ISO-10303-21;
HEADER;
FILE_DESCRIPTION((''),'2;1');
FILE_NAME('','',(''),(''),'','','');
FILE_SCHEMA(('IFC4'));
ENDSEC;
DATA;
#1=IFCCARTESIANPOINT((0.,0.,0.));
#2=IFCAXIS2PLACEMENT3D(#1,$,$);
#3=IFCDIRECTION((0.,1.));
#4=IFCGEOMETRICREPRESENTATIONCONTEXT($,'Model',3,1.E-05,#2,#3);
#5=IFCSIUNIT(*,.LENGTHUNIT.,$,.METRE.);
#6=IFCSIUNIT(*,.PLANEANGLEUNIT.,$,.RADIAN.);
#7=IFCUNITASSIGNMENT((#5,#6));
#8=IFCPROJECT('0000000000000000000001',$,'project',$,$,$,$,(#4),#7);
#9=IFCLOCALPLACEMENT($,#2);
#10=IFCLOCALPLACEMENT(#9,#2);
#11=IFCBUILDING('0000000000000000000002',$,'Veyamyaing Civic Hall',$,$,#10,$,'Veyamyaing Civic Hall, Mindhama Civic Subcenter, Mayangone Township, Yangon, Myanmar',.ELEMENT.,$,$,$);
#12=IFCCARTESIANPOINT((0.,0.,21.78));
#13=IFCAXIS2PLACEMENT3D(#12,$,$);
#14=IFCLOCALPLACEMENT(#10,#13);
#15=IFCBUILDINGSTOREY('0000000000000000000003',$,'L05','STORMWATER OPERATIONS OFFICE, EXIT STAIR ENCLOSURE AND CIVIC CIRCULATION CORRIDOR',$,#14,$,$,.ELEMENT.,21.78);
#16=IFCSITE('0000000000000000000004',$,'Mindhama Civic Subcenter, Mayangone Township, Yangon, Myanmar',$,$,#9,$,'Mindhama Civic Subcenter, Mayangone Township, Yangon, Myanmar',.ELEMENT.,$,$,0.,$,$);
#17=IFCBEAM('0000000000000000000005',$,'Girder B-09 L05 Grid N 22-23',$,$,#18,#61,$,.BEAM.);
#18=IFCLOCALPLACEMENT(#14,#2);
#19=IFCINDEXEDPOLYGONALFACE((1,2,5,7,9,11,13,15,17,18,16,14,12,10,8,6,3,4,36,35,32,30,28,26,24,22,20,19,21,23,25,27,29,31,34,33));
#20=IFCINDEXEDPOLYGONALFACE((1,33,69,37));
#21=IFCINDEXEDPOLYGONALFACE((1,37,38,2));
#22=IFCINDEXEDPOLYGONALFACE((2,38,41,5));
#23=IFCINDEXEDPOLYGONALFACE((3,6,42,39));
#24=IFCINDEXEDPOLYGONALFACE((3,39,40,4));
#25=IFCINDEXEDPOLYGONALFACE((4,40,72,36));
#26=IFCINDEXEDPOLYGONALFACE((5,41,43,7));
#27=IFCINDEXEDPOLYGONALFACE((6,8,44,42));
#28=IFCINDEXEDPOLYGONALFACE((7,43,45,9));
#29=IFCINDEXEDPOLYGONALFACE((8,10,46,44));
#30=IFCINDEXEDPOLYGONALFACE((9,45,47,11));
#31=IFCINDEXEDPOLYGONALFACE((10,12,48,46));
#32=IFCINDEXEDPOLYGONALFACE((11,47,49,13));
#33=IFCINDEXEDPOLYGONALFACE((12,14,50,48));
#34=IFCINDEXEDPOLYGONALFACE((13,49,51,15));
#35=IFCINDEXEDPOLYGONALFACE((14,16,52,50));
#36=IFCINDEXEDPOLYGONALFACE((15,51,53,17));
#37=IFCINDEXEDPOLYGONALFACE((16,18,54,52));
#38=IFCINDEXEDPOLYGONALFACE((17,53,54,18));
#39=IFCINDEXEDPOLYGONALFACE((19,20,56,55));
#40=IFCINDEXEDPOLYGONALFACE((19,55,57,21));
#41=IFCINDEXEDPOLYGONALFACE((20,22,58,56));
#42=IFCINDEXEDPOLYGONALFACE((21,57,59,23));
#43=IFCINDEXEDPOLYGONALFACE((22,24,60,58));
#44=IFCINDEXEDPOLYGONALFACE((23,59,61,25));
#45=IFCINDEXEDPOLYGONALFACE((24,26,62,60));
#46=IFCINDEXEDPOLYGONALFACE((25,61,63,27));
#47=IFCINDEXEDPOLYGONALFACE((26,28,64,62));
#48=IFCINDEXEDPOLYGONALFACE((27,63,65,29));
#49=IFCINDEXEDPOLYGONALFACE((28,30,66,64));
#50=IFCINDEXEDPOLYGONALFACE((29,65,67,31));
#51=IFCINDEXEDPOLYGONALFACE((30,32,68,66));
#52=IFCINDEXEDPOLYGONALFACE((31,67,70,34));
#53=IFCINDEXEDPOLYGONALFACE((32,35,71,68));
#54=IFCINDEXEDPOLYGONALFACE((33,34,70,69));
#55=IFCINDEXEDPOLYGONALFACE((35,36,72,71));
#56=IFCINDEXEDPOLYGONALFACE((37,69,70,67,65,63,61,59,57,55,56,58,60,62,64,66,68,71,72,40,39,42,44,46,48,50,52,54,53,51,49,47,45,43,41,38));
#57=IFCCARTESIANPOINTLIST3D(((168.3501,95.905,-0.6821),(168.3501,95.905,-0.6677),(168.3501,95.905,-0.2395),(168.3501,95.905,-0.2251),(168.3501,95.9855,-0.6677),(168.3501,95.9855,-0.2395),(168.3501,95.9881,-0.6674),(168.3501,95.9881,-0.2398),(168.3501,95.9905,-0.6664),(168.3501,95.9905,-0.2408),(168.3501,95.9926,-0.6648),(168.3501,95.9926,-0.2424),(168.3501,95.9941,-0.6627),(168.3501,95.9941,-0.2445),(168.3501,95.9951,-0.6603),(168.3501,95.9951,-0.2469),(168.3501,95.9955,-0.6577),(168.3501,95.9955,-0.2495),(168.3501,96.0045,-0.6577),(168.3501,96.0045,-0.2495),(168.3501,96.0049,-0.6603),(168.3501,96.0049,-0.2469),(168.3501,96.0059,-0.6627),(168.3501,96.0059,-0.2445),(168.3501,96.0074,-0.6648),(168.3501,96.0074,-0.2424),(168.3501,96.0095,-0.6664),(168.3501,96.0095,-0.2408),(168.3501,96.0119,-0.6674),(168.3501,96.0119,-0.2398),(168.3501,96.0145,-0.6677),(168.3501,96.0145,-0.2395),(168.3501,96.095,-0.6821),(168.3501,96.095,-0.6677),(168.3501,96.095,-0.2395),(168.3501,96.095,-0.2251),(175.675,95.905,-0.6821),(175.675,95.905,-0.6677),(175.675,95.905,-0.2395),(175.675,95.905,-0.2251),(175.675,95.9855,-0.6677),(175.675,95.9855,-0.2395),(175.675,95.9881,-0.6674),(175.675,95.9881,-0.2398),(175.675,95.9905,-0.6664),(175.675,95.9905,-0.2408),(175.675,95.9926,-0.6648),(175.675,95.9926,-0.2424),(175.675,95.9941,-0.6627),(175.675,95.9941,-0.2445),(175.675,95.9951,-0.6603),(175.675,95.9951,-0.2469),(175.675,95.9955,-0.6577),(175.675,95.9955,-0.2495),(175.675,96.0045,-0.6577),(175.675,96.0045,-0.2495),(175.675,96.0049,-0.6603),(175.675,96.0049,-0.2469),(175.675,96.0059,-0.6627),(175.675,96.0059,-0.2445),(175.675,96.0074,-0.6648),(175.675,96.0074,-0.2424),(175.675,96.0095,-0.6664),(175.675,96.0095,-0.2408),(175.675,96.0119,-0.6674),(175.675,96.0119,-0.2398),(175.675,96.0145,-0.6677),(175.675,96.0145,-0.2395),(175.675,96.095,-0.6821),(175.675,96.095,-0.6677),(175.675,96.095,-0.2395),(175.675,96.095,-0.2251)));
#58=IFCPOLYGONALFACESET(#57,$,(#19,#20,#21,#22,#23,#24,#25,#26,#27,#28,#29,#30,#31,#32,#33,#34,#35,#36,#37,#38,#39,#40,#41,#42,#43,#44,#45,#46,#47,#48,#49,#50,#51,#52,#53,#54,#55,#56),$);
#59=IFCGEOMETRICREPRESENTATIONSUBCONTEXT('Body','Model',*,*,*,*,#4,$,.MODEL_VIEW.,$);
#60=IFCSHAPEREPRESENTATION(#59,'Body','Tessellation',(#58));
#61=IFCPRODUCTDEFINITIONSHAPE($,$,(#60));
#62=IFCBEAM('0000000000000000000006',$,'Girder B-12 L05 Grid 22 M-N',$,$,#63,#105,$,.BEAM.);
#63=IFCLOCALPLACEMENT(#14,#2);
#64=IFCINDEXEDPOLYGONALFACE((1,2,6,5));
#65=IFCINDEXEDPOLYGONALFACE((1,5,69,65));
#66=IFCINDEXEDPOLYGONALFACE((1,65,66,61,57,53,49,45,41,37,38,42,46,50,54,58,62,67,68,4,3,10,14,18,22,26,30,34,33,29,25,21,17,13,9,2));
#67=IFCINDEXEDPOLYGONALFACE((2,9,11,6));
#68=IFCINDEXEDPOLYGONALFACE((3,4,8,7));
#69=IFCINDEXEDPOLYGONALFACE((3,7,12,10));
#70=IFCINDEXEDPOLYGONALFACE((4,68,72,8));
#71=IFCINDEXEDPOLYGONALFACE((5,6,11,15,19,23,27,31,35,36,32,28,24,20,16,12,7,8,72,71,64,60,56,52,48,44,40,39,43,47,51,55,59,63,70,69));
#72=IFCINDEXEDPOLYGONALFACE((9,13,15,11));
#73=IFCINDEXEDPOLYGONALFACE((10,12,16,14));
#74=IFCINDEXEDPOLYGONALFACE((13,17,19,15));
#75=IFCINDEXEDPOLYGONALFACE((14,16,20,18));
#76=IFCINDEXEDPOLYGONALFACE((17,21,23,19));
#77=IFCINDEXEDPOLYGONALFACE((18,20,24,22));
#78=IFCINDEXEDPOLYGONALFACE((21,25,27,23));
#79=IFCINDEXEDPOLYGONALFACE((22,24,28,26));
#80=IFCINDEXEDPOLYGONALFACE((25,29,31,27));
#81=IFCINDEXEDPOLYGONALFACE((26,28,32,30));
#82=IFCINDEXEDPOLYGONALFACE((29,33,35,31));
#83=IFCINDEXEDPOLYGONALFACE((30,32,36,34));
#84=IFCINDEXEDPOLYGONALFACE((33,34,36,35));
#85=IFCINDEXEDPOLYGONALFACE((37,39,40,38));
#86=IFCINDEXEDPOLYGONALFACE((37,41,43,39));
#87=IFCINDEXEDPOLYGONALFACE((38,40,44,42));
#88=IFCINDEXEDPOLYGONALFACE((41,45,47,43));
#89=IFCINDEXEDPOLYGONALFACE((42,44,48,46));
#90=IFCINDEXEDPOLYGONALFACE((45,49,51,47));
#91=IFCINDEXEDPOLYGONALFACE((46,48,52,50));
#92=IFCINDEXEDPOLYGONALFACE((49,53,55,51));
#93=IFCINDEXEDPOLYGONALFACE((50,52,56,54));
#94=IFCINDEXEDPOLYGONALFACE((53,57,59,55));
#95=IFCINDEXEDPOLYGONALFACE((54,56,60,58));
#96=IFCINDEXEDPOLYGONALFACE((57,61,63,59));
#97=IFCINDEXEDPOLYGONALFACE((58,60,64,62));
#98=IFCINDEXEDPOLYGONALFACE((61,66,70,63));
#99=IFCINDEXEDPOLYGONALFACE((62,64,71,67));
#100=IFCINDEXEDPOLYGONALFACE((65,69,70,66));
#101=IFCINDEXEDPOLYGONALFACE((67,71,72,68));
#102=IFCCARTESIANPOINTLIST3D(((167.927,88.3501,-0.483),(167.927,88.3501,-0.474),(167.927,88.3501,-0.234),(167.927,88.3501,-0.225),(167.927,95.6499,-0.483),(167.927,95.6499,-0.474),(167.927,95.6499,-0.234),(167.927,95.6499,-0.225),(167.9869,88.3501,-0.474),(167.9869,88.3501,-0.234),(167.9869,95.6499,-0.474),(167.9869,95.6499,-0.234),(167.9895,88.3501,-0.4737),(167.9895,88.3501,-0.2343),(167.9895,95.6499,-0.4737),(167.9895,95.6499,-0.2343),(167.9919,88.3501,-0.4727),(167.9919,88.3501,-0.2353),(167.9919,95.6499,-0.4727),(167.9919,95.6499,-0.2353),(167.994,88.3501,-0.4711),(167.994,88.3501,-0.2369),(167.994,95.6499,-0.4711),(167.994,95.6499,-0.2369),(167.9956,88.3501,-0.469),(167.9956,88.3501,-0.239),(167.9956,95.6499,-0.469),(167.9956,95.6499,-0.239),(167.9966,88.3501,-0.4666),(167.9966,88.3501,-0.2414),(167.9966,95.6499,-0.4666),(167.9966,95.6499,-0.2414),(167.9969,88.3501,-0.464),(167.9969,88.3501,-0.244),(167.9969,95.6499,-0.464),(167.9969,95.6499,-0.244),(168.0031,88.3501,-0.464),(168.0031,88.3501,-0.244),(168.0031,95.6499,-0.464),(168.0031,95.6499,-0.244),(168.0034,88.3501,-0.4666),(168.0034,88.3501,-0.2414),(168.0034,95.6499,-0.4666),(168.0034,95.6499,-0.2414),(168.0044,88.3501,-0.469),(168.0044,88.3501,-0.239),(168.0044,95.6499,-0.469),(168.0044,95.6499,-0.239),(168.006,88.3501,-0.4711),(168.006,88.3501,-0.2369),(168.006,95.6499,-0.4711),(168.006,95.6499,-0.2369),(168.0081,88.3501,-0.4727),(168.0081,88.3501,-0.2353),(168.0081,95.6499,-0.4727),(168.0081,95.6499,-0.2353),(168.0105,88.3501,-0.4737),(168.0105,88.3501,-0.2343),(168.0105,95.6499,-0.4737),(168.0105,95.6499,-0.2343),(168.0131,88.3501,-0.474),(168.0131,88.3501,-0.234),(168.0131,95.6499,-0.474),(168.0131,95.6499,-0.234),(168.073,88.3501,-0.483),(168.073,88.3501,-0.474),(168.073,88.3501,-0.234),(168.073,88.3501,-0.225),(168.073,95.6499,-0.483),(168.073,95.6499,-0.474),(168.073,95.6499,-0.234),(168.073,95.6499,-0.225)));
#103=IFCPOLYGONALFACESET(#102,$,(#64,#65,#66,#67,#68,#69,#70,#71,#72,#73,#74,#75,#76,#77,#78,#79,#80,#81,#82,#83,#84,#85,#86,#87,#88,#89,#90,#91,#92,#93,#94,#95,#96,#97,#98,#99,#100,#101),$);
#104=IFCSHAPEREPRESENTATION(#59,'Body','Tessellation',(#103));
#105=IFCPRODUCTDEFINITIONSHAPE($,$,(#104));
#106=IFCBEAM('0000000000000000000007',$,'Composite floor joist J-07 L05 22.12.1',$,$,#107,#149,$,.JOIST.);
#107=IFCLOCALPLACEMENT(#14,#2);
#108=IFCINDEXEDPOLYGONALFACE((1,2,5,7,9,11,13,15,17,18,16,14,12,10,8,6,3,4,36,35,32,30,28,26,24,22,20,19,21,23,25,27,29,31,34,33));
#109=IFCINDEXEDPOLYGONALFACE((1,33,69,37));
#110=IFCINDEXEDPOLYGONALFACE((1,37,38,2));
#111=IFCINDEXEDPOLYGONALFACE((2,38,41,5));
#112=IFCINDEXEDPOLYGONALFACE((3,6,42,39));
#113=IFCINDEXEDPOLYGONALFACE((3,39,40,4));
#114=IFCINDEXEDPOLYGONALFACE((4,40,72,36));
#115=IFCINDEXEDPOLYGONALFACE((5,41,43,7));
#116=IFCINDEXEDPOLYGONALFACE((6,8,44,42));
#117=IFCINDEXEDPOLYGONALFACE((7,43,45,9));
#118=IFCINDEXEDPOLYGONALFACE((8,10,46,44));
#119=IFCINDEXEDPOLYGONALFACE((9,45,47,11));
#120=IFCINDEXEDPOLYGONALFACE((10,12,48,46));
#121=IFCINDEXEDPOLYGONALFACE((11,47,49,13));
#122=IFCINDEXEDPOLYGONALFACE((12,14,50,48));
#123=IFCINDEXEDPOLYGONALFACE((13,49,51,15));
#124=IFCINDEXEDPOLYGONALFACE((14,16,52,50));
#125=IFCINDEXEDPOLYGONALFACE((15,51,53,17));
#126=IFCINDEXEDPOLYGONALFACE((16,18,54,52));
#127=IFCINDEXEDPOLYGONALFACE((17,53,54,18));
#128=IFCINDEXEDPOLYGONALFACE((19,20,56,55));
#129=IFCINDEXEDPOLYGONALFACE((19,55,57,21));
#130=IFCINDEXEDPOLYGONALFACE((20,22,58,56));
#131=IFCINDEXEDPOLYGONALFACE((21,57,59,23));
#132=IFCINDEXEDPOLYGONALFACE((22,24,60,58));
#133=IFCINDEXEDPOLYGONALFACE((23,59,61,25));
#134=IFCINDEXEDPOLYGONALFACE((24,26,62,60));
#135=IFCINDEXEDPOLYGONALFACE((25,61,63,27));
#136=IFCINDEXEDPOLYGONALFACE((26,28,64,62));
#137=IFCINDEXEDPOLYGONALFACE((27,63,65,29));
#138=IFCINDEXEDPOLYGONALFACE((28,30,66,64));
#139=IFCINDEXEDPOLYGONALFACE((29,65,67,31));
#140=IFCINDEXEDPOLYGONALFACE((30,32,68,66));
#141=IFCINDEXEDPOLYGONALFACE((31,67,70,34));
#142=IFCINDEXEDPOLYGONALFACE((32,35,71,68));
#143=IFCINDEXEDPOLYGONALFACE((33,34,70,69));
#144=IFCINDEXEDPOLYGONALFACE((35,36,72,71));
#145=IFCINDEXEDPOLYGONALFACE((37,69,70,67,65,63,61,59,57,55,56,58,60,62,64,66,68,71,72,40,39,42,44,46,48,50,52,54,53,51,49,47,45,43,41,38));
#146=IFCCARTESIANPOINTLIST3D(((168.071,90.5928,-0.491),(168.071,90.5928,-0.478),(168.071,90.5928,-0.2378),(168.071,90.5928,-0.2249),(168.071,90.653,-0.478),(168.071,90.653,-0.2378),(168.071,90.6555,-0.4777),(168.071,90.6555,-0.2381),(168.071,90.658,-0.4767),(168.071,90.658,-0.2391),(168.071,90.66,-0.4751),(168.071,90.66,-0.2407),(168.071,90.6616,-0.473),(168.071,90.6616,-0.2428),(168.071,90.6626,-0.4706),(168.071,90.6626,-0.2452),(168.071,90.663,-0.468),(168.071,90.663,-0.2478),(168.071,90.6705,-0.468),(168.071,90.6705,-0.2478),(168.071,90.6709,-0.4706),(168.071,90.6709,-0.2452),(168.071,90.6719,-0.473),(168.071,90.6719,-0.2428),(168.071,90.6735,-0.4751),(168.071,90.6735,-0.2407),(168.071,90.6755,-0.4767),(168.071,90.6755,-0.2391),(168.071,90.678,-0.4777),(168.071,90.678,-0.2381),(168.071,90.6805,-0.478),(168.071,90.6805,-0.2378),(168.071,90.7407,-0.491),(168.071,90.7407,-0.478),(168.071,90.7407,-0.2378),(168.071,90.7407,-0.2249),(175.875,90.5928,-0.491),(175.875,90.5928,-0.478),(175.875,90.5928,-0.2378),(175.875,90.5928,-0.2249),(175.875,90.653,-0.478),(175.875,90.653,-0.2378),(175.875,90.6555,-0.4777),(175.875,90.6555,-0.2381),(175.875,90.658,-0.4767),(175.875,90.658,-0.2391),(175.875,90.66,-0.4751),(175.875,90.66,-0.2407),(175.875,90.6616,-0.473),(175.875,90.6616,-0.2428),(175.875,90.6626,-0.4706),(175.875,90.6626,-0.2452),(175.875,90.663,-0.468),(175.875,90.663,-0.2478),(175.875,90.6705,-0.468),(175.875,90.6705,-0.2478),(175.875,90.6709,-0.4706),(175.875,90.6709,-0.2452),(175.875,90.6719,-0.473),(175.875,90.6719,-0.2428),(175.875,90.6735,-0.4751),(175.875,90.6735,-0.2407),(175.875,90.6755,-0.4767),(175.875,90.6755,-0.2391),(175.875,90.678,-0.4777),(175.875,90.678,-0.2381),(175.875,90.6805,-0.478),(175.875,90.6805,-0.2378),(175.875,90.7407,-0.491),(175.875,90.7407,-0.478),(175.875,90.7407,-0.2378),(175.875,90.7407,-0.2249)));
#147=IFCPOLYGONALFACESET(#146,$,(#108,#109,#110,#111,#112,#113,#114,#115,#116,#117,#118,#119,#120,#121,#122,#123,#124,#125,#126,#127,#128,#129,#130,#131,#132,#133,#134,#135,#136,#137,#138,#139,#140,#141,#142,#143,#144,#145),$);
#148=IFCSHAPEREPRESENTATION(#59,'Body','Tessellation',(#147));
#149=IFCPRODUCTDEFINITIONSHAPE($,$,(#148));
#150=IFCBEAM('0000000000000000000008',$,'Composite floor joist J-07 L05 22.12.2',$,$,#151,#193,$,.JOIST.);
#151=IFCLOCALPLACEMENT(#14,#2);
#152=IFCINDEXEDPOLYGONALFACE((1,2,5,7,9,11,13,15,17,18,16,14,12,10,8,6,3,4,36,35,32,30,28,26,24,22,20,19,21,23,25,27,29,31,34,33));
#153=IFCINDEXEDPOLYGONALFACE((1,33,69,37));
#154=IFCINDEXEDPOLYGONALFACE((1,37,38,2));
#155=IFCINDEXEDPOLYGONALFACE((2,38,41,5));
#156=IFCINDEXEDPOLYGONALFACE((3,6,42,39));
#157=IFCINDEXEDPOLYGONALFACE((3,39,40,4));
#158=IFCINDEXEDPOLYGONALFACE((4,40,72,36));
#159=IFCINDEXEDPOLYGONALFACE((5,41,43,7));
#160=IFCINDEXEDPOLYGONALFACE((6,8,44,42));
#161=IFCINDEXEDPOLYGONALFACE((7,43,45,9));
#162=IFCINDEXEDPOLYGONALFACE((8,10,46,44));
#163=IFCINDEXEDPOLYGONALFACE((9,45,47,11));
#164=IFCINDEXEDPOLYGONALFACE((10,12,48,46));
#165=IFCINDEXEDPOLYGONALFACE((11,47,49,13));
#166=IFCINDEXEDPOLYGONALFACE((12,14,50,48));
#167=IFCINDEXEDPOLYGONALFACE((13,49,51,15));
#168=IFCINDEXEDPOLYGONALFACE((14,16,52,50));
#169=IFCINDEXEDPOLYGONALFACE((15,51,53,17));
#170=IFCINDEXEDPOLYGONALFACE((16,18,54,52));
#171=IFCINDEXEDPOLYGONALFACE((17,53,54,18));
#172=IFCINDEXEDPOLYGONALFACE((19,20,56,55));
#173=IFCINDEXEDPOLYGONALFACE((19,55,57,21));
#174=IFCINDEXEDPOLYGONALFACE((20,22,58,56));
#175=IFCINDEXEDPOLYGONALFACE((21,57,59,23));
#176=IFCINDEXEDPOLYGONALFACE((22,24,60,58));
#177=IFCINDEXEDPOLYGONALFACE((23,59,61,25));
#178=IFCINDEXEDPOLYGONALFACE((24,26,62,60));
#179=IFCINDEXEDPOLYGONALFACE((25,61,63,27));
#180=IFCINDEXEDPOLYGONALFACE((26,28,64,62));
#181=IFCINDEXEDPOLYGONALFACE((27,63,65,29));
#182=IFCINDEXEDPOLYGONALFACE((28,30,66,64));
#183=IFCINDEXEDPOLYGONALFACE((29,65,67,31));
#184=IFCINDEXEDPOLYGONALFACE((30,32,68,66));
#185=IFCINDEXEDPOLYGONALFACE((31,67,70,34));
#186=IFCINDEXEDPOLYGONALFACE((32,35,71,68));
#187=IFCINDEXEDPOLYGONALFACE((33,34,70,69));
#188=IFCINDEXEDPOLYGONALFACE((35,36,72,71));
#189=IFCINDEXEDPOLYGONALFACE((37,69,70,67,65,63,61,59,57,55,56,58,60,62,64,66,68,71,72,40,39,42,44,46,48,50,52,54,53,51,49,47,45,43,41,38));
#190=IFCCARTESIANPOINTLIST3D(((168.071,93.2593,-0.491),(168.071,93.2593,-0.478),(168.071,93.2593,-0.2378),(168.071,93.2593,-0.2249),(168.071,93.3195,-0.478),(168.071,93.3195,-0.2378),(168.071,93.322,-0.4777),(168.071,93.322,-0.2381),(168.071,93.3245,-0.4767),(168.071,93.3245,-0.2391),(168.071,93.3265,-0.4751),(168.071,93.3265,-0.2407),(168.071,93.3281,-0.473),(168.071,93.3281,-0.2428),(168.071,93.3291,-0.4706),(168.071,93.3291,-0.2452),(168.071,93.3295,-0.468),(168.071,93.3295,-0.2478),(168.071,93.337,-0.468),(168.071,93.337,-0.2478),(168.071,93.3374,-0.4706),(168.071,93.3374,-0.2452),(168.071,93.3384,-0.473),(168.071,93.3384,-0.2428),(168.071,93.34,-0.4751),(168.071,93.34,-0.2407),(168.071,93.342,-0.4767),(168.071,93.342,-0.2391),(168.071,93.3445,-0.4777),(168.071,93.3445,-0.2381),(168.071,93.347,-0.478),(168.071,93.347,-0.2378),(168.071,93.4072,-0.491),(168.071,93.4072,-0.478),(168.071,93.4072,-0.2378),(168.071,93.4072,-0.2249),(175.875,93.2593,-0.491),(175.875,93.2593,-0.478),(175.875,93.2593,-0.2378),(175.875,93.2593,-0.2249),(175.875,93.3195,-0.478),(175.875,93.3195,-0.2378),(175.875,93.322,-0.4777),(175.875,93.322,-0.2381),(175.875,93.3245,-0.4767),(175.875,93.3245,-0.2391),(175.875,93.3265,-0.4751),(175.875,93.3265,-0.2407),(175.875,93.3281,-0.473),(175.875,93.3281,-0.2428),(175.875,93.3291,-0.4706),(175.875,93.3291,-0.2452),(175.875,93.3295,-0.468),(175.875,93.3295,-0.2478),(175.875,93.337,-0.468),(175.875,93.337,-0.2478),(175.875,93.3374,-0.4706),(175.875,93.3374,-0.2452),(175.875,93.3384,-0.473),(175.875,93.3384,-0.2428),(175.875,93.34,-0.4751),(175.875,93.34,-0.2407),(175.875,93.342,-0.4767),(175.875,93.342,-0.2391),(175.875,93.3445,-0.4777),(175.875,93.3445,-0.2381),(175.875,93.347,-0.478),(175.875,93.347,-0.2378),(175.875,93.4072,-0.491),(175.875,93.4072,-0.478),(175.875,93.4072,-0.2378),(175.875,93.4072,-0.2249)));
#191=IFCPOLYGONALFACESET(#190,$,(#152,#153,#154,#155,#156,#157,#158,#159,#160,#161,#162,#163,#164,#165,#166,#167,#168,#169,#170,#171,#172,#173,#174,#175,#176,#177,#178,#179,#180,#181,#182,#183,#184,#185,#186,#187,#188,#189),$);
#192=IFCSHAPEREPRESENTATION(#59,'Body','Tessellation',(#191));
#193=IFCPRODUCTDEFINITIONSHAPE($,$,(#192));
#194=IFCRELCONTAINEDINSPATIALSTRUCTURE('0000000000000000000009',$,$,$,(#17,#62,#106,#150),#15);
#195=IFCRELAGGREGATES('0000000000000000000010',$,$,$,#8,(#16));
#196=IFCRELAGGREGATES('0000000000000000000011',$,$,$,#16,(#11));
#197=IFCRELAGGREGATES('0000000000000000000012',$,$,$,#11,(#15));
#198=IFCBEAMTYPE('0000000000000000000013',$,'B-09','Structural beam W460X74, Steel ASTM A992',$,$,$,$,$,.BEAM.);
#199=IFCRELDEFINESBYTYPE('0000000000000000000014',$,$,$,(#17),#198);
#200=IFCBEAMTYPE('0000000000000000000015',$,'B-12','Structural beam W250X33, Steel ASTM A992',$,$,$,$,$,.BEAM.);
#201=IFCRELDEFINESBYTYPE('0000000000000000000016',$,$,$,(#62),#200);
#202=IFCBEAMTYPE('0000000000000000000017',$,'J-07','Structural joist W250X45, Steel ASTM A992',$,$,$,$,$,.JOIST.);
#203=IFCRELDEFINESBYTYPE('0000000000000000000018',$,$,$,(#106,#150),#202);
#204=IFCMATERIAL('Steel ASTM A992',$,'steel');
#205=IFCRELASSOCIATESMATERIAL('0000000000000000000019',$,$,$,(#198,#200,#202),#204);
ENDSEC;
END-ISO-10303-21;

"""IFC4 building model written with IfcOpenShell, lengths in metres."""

from ifc_helpers import new_model, si_unit, direction, frame, origin, origin_2d, place, context, subcontext, project, spatial, i_section, extrude, material, material_profile, profile_set, type_object, element, save


model = new_model("IFC4")

# Units and contexts
model_context = context("Model", 3, precision=1e-05, world=origin(), true_north=direction((0.0, 1.0)))
body_context = subcontext(model_context, "Body", "Model", "MODEL_VIEW")
ifc_project = project(units=[si_unit("LENGTHUNIT", "METRE"), si_unit("PLANEANGLEUNIT", "RADIAN")], contexts=[model_context])

# Site, building, storey
site_placement = place(None, origin())
site = spatial("IfcSite", under=ifc_project, at=site_placement, Name="Mindhama Civic Subcenter, Mayangone Township, Yangon, Myanmar", LongName="Mindhama Civic Subcenter, Mayangone Township, Yangon, Myanmar", CompositionType="ELEMENT", RefElevation=0.0)
building_placement = place(site_placement, origin())
building = spatial("IfcBuilding", under=site, at=building_placement, Name="Veyamyaing Civic Hall", LongName="Veyamyaing Civic Hall, Mindhama Civic Subcenter, Mayangone Township, Yangon, Myanmar", CompositionType="ELEMENT")
storey_placement = place(building_placement, frame((0.0, 0.0, 21.78)))
storey = spatial("IfcBuildingStorey", under=building, at=storey_placement, Name="L05", Description="STORMWATER OPERATIONS OFFICE, EXIT STAIR ENCLOSURE AND CIVIC CIRCULATION CORRIDOR", CompositionType="ELEMENT", Elevation=21.78)

# Beams
ifc_material_1 = material(Name="Steel ASTM A992", Category="steel")
ifc_material_profile_1 = material_profile(ifc_material_1, i_section(OverallWidth=0.1899, OverallDepth=0.457, WebThickness=0.009, FlangeThickness=0.0144, FilletRadius=0.01, at=origin_2d()), Name="W460X74")
ifc_profile_set_1 = profile_set([ifc_material_profile_1], Name="Steel ASTM A992")
beam_type_1 = type_object("IfcBeamType", Name="B-09", Description="Structural beam W460X74, Steel ASTM A992", PredefinedType="BEAM", material=ifc_profile_set_1)
beam_1_placement = place(storey_placement, frame((168.3501, 96.0, -0.4536), z_axis=(1.0, 0.0, 0.0), x_axis=(0.0, 1.0, 0.0)))
element("IfcBeam", 1, at=beam_1_placement, inside=storey, type_object=beam_type_1, Name="Girder B-09 L05 Grid N 22-23", PredefinedType="BEAM", context=body_context, shape_type="SweptSolid", body=[
    extrude(i_section(OverallWidth=0.1899, OverallDepth=0.457, WebThickness=0.009, FlangeThickness=0.0144, FilletRadius=0.01, at=origin_2d()), origin(), (0.0, 0.0, 1.0), 7.325),
])
ifc_material_profile_2 = material_profile(ifc_material_1, i_section(OverallWidth=0.146, OverallDepth=0.2581, WebThickness=0.0061, FlangeThickness=0.009, FilletRadius=0.01, at=origin_2d()), Name="W250X33")
ifc_profile_set_2 = profile_set([ifc_material_profile_2], Name="Steel ASTM A992")
beam_type_2 = type_object("IfcBeamType", Name="B-12", Description="Structural beam W250X33, Steel ASTM A992", PredefinedType="BEAM", material=ifc_profile_set_2)
beam_2_placement = place(storey_placement, frame((168.0, 88.3501, -0.354), z_axis=(0.0, 1.0, 0.0), x_axis=(-1.0, 0.0, 0.0)))
element("IfcBeam", 2, at=beam_2_placement, inside=storey, type_object=beam_type_2, Name="Girder B-12 L05 Grid 22 M-N", PredefinedType="BEAM", context=body_context, shape_type="SweptSolid", body=[
    extrude(i_section(OverallWidth=0.146, OverallDepth=0.2581, WebThickness=0.0061, FlangeThickness=0.009, FilletRadius=0.01, at=origin_2d()), origin(), (0.0, 0.0, 1.0), 7.2998),
])
ifc_material_profile_3 = material_profile(ifc_material_1, i_section(OverallWidth=0.1479, OverallDepth=0.2661, WebThickness=0.0076, FlangeThickness=0.0129, FilletRadius=0.01, at=origin_2d()), Name="W250X45")
ifc_profile_set_3 = profile_set([ifc_material_profile_3], Name="Steel ASTM A992")
beam_type_3 = type_object("IfcBeamType", Name="J-07", Description="Structural joist W250X45, Steel ASTM A992", PredefinedType="JOIST", material=ifc_profile_set_3)
for number, where, z_axis, x_axis, name in (
    (3, (168.071, 90.6667, -0.3579), (1.0, 0.0, 0.0), (0.0, 1.0, 0.0), "Composite floor joist J-07 L05 22.12.1"),
    (4, (168.071, 93.3333, -0.3579), (1.0, 0.0, 0.0), (0.0, 1.0, 0.0), "Composite floor joist J-07 L05 22.12.2"),
):
    element("IfcBeam", number, at=place(storey_placement, frame(where, z_axis=z_axis, x_axis=x_axis)), inside=storey, type_object=beam_type_3, Name=name, PredefinedType="JOIST", context=body_context, shape_type="SweptSolid", body=[
        extrude(i_section(OverallWidth=0.1479, OverallDepth=0.2661, WebThickness=0.0076, FlangeThickness=0.0129, FilletRadius=0.01, at=origin_2d()), origin(), (0.0, 0.0, 1.0), 7.804),
    ])

save(model, "model.ifc")
